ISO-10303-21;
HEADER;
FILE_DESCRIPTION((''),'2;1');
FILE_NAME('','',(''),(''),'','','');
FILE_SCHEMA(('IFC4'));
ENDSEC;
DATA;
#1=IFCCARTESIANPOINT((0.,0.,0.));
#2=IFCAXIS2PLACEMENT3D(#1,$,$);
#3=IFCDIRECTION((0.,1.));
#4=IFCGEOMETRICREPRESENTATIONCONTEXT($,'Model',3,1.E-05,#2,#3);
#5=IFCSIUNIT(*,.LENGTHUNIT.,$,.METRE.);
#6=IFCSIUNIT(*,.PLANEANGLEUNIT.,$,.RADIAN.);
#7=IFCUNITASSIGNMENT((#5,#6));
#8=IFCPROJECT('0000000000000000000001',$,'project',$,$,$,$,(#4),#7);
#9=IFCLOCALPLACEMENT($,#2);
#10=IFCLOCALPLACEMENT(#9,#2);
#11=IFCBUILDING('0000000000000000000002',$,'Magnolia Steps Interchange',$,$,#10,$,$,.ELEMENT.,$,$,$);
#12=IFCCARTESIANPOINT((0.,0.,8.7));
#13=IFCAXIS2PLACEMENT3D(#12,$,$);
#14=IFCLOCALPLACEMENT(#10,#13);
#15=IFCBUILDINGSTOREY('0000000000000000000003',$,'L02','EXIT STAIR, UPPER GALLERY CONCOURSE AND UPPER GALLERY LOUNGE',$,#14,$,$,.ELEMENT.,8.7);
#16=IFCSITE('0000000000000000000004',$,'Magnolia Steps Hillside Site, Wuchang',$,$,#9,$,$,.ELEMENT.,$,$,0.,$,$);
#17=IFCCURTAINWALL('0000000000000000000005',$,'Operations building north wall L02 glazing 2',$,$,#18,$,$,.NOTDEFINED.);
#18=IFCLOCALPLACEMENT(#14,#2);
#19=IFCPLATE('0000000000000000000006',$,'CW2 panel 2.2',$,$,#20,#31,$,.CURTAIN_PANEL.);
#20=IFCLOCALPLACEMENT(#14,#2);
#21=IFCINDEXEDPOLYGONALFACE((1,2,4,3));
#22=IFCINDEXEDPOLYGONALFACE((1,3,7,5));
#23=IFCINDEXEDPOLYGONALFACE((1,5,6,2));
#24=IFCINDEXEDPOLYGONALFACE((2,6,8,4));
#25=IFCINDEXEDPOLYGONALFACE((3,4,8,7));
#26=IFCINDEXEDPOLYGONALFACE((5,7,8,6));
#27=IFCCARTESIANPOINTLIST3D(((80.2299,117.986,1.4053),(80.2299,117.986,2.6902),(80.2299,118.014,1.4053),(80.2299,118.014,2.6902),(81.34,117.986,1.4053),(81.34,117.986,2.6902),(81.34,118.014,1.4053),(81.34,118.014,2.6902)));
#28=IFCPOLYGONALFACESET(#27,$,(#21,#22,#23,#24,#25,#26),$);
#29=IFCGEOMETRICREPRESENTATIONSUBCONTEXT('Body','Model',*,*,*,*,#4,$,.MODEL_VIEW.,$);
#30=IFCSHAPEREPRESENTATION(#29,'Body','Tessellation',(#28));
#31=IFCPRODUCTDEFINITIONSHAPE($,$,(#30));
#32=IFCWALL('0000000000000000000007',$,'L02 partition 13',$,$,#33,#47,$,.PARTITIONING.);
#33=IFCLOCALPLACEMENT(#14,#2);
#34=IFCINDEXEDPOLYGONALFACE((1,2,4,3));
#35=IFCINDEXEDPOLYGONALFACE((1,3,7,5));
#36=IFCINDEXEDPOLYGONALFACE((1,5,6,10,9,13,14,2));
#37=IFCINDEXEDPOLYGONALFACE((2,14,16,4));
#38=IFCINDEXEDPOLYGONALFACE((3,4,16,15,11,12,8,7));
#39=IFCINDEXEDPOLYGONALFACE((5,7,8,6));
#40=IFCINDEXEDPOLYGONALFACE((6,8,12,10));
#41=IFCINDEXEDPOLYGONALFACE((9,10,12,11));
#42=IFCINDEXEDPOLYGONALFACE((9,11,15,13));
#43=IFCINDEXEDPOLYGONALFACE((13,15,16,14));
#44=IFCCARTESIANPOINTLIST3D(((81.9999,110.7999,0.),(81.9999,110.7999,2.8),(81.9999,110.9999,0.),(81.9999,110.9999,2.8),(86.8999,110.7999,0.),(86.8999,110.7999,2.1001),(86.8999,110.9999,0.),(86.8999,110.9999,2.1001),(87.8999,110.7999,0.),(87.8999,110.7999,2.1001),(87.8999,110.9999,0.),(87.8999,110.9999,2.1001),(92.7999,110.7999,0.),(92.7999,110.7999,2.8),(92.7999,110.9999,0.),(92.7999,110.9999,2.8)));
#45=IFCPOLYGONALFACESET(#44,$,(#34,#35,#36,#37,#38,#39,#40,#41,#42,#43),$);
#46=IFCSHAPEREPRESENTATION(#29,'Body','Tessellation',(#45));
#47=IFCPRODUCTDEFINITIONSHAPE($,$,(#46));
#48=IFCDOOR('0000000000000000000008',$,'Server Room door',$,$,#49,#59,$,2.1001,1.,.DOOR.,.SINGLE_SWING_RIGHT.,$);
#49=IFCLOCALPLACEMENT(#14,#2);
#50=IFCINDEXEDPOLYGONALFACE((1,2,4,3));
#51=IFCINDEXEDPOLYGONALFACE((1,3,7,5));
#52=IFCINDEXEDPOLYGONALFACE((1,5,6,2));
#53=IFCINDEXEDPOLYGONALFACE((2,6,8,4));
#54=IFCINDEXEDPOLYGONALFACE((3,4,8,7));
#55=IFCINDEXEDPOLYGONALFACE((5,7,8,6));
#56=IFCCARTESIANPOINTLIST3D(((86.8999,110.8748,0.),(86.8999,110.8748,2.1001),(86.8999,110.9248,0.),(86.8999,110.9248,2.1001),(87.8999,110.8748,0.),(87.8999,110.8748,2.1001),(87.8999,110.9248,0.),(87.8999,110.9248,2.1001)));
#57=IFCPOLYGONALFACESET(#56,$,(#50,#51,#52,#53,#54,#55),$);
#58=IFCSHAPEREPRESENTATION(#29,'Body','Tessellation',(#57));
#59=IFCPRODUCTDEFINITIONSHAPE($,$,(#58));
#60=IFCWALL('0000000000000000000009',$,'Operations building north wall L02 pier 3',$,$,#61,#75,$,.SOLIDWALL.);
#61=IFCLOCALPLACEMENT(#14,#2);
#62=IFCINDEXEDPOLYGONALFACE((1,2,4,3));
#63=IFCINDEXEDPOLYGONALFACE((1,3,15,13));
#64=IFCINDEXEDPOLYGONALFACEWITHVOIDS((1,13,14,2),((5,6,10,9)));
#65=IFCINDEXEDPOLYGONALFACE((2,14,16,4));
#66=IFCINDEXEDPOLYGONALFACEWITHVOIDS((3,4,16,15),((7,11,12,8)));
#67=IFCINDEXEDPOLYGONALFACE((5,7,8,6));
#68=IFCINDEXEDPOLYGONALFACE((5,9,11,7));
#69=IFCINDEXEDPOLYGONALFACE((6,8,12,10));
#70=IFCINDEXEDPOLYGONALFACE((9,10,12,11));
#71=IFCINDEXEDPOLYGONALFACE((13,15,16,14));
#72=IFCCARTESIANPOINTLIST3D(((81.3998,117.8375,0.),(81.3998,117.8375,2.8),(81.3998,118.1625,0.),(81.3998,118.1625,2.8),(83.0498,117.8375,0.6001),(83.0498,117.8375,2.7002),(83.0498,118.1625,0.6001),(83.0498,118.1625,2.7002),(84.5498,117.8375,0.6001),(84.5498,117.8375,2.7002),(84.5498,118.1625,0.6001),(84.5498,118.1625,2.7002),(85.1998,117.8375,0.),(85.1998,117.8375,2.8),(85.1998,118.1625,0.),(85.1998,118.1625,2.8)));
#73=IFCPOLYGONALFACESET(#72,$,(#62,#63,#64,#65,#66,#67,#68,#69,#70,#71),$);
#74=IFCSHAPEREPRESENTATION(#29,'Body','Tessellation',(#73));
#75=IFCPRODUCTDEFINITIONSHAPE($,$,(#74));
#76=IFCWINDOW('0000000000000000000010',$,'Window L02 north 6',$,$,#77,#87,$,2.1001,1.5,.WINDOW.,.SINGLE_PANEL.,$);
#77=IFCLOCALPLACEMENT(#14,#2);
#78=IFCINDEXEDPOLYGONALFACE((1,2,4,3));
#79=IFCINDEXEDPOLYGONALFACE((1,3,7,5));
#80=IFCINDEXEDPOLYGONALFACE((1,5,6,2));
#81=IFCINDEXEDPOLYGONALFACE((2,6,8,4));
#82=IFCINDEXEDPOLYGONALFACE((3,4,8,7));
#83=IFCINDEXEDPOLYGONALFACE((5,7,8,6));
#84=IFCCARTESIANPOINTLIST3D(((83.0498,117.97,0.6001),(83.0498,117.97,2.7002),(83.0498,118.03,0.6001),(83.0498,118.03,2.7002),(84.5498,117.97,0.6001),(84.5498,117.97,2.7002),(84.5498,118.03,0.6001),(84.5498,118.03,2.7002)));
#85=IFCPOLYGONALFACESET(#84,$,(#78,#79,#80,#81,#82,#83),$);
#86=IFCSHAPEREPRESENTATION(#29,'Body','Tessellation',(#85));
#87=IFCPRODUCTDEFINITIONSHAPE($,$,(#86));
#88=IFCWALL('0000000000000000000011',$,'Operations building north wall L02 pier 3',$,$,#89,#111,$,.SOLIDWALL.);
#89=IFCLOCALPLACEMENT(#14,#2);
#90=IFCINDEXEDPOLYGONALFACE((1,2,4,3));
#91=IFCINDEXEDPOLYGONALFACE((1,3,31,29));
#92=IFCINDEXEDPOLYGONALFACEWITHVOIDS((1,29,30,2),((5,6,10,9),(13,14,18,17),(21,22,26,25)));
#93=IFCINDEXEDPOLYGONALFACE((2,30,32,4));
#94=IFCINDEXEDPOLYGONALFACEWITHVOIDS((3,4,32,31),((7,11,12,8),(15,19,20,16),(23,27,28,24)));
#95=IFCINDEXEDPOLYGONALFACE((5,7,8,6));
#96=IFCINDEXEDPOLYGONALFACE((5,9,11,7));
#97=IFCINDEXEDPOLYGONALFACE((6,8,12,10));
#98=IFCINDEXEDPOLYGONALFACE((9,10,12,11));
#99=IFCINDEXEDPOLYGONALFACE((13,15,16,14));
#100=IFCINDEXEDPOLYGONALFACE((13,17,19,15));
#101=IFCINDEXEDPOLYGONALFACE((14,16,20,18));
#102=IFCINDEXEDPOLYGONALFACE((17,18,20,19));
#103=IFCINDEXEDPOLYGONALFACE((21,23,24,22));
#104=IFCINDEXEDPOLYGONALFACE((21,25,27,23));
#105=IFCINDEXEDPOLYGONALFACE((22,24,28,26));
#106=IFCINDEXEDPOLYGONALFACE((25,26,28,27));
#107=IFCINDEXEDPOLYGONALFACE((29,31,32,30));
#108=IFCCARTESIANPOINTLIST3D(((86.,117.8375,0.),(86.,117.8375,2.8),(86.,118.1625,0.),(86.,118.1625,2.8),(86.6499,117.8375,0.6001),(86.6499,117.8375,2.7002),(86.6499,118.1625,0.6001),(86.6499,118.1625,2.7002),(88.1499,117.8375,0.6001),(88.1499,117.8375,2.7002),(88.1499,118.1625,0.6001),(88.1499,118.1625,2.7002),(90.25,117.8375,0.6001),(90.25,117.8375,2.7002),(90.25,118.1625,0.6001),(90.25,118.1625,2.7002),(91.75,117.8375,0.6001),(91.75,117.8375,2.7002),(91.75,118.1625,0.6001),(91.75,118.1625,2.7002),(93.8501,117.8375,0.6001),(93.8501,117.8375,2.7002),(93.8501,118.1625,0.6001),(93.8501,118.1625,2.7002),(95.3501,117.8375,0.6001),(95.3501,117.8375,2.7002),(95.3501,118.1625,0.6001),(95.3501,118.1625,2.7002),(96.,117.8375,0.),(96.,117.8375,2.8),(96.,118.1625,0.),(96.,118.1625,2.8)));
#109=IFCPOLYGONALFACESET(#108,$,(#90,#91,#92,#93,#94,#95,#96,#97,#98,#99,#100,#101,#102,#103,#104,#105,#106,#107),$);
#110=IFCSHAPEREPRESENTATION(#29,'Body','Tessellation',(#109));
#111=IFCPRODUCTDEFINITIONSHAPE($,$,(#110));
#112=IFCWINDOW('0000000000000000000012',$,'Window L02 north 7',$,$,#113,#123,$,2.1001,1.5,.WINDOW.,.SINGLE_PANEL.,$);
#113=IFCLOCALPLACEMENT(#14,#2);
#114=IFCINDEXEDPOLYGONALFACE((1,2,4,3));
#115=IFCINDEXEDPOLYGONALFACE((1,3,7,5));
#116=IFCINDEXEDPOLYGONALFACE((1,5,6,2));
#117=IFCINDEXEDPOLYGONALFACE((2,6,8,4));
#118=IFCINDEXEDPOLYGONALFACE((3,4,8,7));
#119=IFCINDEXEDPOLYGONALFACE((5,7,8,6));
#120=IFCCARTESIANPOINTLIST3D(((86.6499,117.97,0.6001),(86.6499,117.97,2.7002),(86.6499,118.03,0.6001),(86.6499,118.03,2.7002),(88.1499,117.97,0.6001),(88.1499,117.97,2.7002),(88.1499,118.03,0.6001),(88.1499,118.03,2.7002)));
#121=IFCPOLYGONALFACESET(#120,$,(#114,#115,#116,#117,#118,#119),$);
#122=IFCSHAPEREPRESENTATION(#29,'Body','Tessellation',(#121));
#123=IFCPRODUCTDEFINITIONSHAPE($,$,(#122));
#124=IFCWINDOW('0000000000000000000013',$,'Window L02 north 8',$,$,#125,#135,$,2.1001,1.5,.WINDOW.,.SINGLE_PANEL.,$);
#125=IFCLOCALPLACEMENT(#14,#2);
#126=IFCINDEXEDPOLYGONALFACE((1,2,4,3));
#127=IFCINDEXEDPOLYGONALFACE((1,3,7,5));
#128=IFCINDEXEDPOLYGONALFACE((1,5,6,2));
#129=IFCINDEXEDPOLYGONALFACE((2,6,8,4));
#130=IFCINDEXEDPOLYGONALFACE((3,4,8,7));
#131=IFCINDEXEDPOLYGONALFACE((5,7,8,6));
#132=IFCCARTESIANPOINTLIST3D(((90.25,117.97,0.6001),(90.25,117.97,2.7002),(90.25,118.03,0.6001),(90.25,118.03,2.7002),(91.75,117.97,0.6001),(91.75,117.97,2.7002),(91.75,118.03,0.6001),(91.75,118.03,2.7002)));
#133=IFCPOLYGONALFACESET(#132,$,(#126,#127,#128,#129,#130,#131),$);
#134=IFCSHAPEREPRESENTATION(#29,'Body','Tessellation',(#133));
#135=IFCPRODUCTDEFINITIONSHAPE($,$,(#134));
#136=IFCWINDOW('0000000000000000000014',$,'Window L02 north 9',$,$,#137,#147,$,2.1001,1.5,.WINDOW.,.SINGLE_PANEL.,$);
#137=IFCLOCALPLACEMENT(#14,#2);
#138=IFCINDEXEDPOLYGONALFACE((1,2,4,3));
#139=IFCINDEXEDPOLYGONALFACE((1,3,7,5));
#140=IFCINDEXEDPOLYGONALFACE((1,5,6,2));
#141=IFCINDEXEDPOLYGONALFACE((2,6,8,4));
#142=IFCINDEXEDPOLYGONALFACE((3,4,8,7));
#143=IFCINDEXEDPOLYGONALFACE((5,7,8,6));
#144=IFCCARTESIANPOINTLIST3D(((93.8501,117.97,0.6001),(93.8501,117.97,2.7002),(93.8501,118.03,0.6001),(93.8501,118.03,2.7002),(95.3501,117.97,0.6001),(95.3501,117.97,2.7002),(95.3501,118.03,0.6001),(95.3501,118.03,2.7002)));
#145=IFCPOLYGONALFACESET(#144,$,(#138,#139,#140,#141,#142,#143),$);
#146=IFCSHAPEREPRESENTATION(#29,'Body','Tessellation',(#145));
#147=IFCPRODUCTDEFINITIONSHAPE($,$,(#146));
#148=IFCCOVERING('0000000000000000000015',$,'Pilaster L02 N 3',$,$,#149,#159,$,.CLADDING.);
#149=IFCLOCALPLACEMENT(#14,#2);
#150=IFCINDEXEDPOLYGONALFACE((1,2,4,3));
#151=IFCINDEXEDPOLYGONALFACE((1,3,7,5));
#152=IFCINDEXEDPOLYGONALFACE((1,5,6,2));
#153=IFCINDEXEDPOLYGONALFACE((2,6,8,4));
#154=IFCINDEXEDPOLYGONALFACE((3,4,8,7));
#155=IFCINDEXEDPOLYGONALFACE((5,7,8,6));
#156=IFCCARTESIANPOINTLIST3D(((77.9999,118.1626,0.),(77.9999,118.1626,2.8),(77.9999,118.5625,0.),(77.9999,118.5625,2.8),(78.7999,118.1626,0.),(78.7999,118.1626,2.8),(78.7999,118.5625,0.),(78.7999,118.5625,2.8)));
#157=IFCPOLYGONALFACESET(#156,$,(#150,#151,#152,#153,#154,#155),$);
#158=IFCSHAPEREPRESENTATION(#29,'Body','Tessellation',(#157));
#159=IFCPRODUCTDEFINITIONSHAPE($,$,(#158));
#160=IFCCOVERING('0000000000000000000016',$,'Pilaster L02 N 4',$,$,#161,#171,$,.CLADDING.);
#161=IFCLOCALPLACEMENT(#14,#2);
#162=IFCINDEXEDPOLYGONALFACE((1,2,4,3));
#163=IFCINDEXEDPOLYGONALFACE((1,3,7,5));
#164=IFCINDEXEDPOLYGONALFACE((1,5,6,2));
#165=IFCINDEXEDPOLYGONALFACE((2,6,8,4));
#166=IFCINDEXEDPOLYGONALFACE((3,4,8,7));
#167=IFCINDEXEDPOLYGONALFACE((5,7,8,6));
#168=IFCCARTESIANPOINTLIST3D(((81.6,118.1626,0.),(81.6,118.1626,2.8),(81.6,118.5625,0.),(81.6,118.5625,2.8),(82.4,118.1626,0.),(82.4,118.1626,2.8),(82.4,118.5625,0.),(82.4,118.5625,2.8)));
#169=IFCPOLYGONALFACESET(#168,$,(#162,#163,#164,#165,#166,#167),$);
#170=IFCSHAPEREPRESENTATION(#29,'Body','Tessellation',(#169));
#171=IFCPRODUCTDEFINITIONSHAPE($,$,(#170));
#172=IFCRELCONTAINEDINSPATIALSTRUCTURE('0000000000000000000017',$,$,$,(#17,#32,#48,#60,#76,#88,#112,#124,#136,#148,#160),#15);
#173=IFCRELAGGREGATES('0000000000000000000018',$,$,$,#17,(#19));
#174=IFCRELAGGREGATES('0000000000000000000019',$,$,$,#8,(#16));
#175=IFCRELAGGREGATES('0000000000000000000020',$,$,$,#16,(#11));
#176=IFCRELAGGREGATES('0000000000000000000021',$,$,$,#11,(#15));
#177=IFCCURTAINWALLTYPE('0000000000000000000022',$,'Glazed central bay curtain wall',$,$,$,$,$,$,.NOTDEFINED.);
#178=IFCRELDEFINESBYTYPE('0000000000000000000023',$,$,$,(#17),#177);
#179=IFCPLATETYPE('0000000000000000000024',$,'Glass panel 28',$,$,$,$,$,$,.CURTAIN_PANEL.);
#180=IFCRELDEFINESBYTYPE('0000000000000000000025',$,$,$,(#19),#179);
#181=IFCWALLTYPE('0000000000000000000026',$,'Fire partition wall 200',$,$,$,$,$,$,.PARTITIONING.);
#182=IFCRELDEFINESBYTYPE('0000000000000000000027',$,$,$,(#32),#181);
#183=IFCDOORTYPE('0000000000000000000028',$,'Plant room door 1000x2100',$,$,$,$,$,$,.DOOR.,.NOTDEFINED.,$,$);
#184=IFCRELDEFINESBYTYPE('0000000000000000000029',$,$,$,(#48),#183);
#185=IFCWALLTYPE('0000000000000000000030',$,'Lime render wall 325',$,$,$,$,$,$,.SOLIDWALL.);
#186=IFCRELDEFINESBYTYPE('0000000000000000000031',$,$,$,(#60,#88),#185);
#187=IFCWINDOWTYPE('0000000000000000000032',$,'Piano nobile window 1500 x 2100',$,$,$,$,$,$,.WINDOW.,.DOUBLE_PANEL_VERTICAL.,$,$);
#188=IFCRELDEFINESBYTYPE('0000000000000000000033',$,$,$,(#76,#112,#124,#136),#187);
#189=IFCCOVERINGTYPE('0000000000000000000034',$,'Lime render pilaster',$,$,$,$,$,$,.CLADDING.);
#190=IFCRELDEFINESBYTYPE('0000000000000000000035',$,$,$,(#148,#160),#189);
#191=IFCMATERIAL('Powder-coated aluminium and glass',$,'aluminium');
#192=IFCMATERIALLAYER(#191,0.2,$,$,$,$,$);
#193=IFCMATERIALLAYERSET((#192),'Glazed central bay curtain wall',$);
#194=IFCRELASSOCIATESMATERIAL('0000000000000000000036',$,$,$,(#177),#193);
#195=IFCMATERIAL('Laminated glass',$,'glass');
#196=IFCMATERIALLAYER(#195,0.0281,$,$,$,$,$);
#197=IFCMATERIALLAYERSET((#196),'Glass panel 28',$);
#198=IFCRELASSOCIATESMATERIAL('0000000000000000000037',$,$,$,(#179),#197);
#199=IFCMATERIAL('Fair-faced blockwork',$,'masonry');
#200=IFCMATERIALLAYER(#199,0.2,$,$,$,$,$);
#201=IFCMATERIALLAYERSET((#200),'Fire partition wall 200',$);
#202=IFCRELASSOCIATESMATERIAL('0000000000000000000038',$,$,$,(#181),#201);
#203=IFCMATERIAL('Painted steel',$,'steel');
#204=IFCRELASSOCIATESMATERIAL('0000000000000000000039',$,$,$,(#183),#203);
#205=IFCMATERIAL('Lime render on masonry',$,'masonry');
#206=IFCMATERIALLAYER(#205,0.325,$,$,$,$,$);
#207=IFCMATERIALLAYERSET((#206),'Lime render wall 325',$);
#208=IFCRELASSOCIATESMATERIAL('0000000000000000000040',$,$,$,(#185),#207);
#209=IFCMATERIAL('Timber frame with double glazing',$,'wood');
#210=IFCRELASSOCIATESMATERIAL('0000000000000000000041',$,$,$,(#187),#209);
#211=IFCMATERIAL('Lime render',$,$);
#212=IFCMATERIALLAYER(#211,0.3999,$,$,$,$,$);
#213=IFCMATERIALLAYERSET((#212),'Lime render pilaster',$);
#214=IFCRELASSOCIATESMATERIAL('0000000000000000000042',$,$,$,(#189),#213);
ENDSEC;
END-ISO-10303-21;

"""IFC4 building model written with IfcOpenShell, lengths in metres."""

from ifc_helpers import new_model, si_unit, direction, frame, frame_2d, origin, origin_2d, place, context, subcontext, project, spatial, rectangle, extrude, material, layer, layer_set, type_object, element, fill, aggregate, save


model = new_model("IFC4")

# Units and contexts
model_context = context("Model", 3, precision=1e-05, world=origin(), true_north=direction((0.0, 1.0)))
body_context = subcontext(model_context, "Body", "Model", "MODEL_VIEW")
ifc_project = project(units=[si_unit("LENGTHUNIT", "METRE"), si_unit("PLANEANGLEUNIT", "RADIAN")], contexts=[model_context])

# Site, building, storey
site_placement = place(None, origin())
site = spatial("IfcSite", under=ifc_project, at=site_placement, Name="Magnolia Steps Hillside Site, Wuchang", CompositionType="ELEMENT", RefElevation=0.0)
building_placement = place(site_placement, origin())
building = spatial("IfcBuilding", under=site, at=building_placement, Name="Magnolia Steps Interchange", CompositionType="ELEMENT")
storey_placement = place(building_placement, frame((0.0, 0.0, 8.7)))
storey = spatial("IfcBuildingStorey", under=building, at=storey_placement, Name="L02", Description="EXIT STAIR, UPPER GALLERY CONCOURSE AND UPPER GALLERY LOUNGE", CompositionType="ELEMENT", Elevation=8.7)

# Curtain wall
ifc_material_1 = material(Name="Powder-coated aluminium and glass", Category="aluminium")
ifc_layer_1 = layer(ifc_material_1, 0.2)
ifc_layer_set_1 = layer_set([ifc_layer_1], Name="Glazed central bay curtain wall")
curtain_wall_type = type_object("IfcCurtainWallType", Name="Glazed central bay curtain wall", PredefinedType="NOTDEFINED", material=ifc_layer_set_1)
curtain_wall_placement = place(storey_placement, origin())
curtain_wall = element("IfcCurtainWall", 1, at=curtain_wall_placement, inside=storey, type_object=curtain_wall_type, Name="Operations building north wall L02 glazing 2", PredefinedType="NOTDEFINED")

# Plate
ifc_material_2 = material(Name="Laminated glass", Category="glass")
ifc_layer_2 = layer(ifc_material_2, 0.0281)
ifc_layer_set_2 = layer_set([ifc_layer_2], Name="Glass panel 28")
plate_type = type_object("IfcPlateType", Name="Glass panel 28", PredefinedType="CURTAIN_PANEL", material=ifc_layer_set_2)
plate_1_placement = place(storey_placement, frame((80.7849, 118.0, 1.4053), z_axis=(0.0, 0.0, 1.0), x_axis=(1.0, 0.0, 0.0)))
plate_1 = element("IfcPlate", 2, at=plate_1_placement, type_object=plate_type, Name="CW2 panel 2.2", PredefinedType="CURTAIN_PANEL", context=body_context, shape_type="SweptSolid", body=[
    extrude(rectangle(XDim=1.1101, YDim=0.0281, at=origin_2d()), origin(), (0.0, 0.0, 1.0), 1.2849),
])
aggregate(curtain_wall, [plate_1])

# Wall, opening, door
ifc_material_3 = material(Name="Fair-faced blockwork", Category="masonry")
ifc_layer_3 = layer(ifc_material_3, 0.2)
ifc_layer_set_3 = layer_set([ifc_layer_3], Name="Fire partition wall 200")
wall_type_1 = type_object("IfcWallType", Name="Fire partition wall 200", PredefinedType="PARTITIONING", material=ifc_layer_set_3)
wall_1_placement = place(storey_placement, frame((82.0, 110.8999, 0.0), z_axis=(0.0, 0.0, 1.0), x_axis=(1.0, 0.0, 0.0)))
wall_1 = element("IfcWall", 3, at=wall_1_placement, inside=storey, type_object=wall_type_1, Name="L02 partition 13", PredefinedType="PARTITIONING", context=body_context, shape_type="SweptSolid", body=[
    extrude(rectangle(XDim=10.8, YDim=0.2, at=frame_2d((5.3999, 0.0))), origin(), (0.0, 0.0, 1.0), 2.8),
])
opening_1_placement = place(wall_1_placement, frame((4.8999, 0.0, 0.0)))
opening_1 = element("IfcOpeningElement", 4, at=opening_1_placement, cuts=wall_1, PredefinedType="OPENING", context=body_context, shape_type="SweptSolid", body=[
    extrude(rectangle(XDim=1.0, YDim=2.1001, at=frame_2d((0.5, 1.05))), frame((0.0, 0.1099, 0.0), z_axis=(0.0, -1.0, 0.0), x_axis=(1.0, 0.0, 0.0)), (0.0, 0.0, 1.0), 0.22),
])
ifc_material_4 = material(Name="Painted steel", Category="steel")
door_type = type_object("IfcDoorType", Name="Plant room door 1000x2100", OperationType="NOTDEFINED", PredefinedType="DOOR", material=ifc_material_4)
door_placement = place(opening_1_placement, origin())
door = element("IfcDoor", 5, at=door_placement, inside=storey, type_object=door_type, Name="Server Room door", OperationType="SINGLE_SWING_RIGHT", OverallHeight=2.1001, OverallWidth=1.0, PredefinedType="DOOR", context=body_context, shape_type="SweptSolid", body=[
    extrude(rectangle(XDim=1.0, YDim=2.1001, at=frame_2d((0.5, 1.05))), frame((0.0, 0.0249, 0.0), z_axis=(0.0, -1.0, 0.0), x_axis=(1.0, 0.0, 0.0)), (0.0, 0.0, 1.0), 0.05),
])
fill(opening_1, door)

# Wall, opening, window
ifc_material_5 = material(Name="Lime render on masonry", Category="masonry")
ifc_layer_4 = layer(ifc_material_5, 0.325)
ifc_layer_set_4 = layer_set([ifc_layer_4], Name="Lime render wall 325")
wall_type_2 = type_object("IfcWallType", Name="Lime render wall 325", PredefinedType="SOLIDWALL", material=ifc_layer_set_4)
wall_2_placement = place(storey_placement, frame((81.3999, 118.0, 0.0), z_axis=(0.0, 0.0, 1.0), x_axis=(1.0, 0.0, 0.0)))
wall_2 = element("IfcWall", 6, at=wall_2_placement, inside=storey, type_object=wall_type_2, Name="Operations building north wall L02 pier 3", PredefinedType="SOLIDWALL", context=body_context, shape_type="SweptSolid", body=[
    extrude(rectangle(XDim=3.8, YDim=0.325, at=frame_2d((1.8999, 0.0))), origin(), (0.0, 0.0, 1.0), 2.8),
])
opening_2_placement = place(wall_2_placement, frame((1.6499, 0.0, 0.6001)))
opening_2 = element("IfcOpeningElement", 7, at=opening_2_placement, cuts=wall_2, PredefinedType="OPENING", context=body_context, shape_type="SweptSolid", body=[
    extrude(rectangle(XDim=1.5, YDim=2.1001, at=frame_2d((0.75, 1.05))), frame((0.0, 0.1724, 0.0), z_axis=(0.0, -1.0, 0.0), x_axis=(1.0, 0.0, 0.0)), (0.0, 0.0, 1.0), 0.345),
])
ifc_material_6 = material(Name="Timber frame with double glazing", Category="wood")
window_type = type_object("IfcWindowType", Name="Piano nobile window 1500 x 2100", PartitioningType="DOUBLE_PANEL_VERTICAL", PredefinedType="WINDOW", material=ifc_material_6)
window_1_placement = place(opening_2_placement, origin())
window_1 = element("IfcWindow", 8, at=window_1_placement, inside=storey, type_object=window_type, Name="Window L02 north 6", OverallHeight=2.1001, OverallWidth=1.5, PartitioningType="SINGLE_PANEL", PredefinedType="WINDOW", context=body_context, shape_type="SweptSolid", body=[
    extrude(rectangle(XDim=1.5, YDim=2.1001, at=frame_2d((0.75, 1.05))), frame((0.0, 0.03, 0.0), z_axis=(0.0, -1.0, 0.0), x_axis=(1.0, 0.0, 0.0)), (0.0, 0.0, 1.0), 0.0601),
])
fill(opening_2, window_1)

# Wall, openings, windows
wall_3_placement = place(storey_placement, frame((86.0, 118.0, 0.0), z_axis=(0.0, 0.0, 1.0), x_axis=(1.0, 0.0, 0.0)))
wall_3 = element("IfcWall", 9, at=wall_3_placement, inside=storey, type_object=wall_type_2, Name="Operations building north wall L02 pier 3", PredefinedType="SOLIDWALL", context=body_context, shape_type="SweptSolid", body=[
    extrude(rectangle(XDim=10.0, YDim=0.325, at=frame_2d((5.0, 0.0))), origin(), (0.0, 0.0, 1.0), 2.8),
])
opening_3_placement = place(wall_3_placement, frame((0.6499, 0.0, 0.6001)))
opening_3 = element("IfcOpeningElement", 10, at=opening_3_placement, cuts=wall_3, PredefinedType="OPENING", context=body_context, shape_type="SweptSolid", body=[
    extrude(rectangle(XDim=1.5, YDim=2.1001, at=frame_2d((0.75, 1.05))), frame((0.0, 0.1724, 0.0), z_axis=(0.0, -1.0, 0.0), x_axis=(1.0, 0.0, 0.0)), (0.0, 0.0, 1.0), 0.345),
])
opening_4_placement = place(wall_3_placement, frame((4.25, 0.0, 0.6001)))
opening_4 = element("IfcOpeningElement", 11, at=opening_4_placement, cuts=wall_3, PredefinedType="OPENING", context=body_context, shape_type="SweptSolid", body=[
    extrude(rectangle(XDim=1.5, YDim=2.1001, at=frame_2d((0.75, 1.05))), frame((0.0, 0.1724, 0.0), z_axis=(0.0, -1.0, 0.0), x_axis=(1.0, 0.0, 0.0)), (0.0, 0.0, 1.0), 0.345),
])
opening_5_placement = place(wall_3_placement, frame((7.8501, 0.0, 0.6001)))
opening_5 = element("IfcOpeningElement", 12, at=opening_5_placement, cuts=wall_3, PredefinedType="OPENING", context=body_context, shape_type="SweptSolid", body=[
    extrude(rectangle(XDim=1.5, YDim=2.1001, at=frame_2d((0.75, 1.05))), frame((0.0, 0.1724, 0.0), z_axis=(0.0, -1.0, 0.0), x_axis=(1.0, 0.0, 0.0)), (0.0, 0.0, 1.0), 0.345),
])
window_2_placement = place(opening_3_placement, origin())
window_2 = element("IfcWindow", 13, at=window_2_placement, inside=storey, type_object=window_type, Name="Window L02 north 7", OverallHeight=2.1001, OverallWidth=1.5, PartitioningType="SINGLE_PANEL", PredefinedType="WINDOW", context=body_context, shape_type="SweptSolid", body=[
    extrude(rectangle(XDim=1.5, YDim=2.1001, at=frame_2d((0.75, 1.05))), frame((0.0, 0.03, 0.0), z_axis=(0.0, -1.0, 0.0), x_axis=(1.0, 0.0, 0.0)), (0.0, 0.0, 1.0), 0.0601),
])
fill(opening_3, window_2)
window_3_placement = place(opening_4_placement, origin())
window_3 = element("IfcWindow", 14, at=window_3_placement, inside=storey, type_object=window_type, Name="Window L02 north 8", OverallHeight=2.1001, OverallWidth=1.5, PartitioningType="SINGLE_PANEL", PredefinedType="WINDOW", context=body_context, shape_type="SweptSolid", body=[
    extrude(rectangle(XDim=1.5, YDim=2.1001, at=frame_2d((0.75, 1.05))), frame((0.0, 0.03, 0.0), z_axis=(0.0, -1.0, 0.0), x_axis=(1.0, 0.0, 0.0)), (0.0, 0.0, 1.0), 0.0601),
])
fill(opening_4, window_3)
window_4_placement = place(opening_5_placement, origin())
window_4 = element("IfcWindow", 15, at=window_4_placement, inside=storey, type_object=window_type, Name="Window L02 north 9", OverallHeight=2.1001, OverallWidth=1.5, PartitioningType="SINGLE_PANEL", PredefinedType="WINDOW", context=body_context, shape_type="SweptSolid", body=[
    extrude(rectangle(XDim=1.5, YDim=2.1001, at=frame_2d((0.75, 1.05))), frame((0.0, 0.03, 0.0), z_axis=(0.0, -1.0, 0.0), x_axis=(1.0, 0.0, 0.0)), (0.0, 0.0, 1.0), 0.0601),
])
fill(opening_5, window_4)

# Coverings
ifc_material_7 = material(Name="Lime render")
ifc_layer_5 = layer(ifc_material_7, 0.3999)
ifc_layer_set_5 = layer_set([ifc_layer_5], Name="Lime render pilaster")
covering_type_1 = type_object("IfcCoveringType", Name="Lime render pilaster", PredefinedType="CLADDING", material=ifc_layer_set_5)
for number, where, z_axis, x_axis, name in (
    (16, (78.3999, 118.3625, 0.0), (0.0, 0.0, 1.0), (1.0, 0.0, 0.0), "Pilaster L02 N 3"),
    (17, (82.0, 118.3625, 0.0), (0.0, 0.0, 1.0), (1.0, 0.0, 0.0), "Pilaster L02 N 4"),
):
    element("IfcCovering", number, at=place(storey_placement, frame(where, z_axis=z_axis, x_axis=x_axis)), inside=storey, type_object=covering_type_1, Name=name, PredefinedType="CLADDING", context=body_context, shape_type="SweptSolid", body=[
        extrude(rectangle(XDim=0.8, YDim=0.3999, at=origin_2d()), origin(), (0.0, 0.0, 1.0), 2.8),
    ])

save(model, "model.ifc")
